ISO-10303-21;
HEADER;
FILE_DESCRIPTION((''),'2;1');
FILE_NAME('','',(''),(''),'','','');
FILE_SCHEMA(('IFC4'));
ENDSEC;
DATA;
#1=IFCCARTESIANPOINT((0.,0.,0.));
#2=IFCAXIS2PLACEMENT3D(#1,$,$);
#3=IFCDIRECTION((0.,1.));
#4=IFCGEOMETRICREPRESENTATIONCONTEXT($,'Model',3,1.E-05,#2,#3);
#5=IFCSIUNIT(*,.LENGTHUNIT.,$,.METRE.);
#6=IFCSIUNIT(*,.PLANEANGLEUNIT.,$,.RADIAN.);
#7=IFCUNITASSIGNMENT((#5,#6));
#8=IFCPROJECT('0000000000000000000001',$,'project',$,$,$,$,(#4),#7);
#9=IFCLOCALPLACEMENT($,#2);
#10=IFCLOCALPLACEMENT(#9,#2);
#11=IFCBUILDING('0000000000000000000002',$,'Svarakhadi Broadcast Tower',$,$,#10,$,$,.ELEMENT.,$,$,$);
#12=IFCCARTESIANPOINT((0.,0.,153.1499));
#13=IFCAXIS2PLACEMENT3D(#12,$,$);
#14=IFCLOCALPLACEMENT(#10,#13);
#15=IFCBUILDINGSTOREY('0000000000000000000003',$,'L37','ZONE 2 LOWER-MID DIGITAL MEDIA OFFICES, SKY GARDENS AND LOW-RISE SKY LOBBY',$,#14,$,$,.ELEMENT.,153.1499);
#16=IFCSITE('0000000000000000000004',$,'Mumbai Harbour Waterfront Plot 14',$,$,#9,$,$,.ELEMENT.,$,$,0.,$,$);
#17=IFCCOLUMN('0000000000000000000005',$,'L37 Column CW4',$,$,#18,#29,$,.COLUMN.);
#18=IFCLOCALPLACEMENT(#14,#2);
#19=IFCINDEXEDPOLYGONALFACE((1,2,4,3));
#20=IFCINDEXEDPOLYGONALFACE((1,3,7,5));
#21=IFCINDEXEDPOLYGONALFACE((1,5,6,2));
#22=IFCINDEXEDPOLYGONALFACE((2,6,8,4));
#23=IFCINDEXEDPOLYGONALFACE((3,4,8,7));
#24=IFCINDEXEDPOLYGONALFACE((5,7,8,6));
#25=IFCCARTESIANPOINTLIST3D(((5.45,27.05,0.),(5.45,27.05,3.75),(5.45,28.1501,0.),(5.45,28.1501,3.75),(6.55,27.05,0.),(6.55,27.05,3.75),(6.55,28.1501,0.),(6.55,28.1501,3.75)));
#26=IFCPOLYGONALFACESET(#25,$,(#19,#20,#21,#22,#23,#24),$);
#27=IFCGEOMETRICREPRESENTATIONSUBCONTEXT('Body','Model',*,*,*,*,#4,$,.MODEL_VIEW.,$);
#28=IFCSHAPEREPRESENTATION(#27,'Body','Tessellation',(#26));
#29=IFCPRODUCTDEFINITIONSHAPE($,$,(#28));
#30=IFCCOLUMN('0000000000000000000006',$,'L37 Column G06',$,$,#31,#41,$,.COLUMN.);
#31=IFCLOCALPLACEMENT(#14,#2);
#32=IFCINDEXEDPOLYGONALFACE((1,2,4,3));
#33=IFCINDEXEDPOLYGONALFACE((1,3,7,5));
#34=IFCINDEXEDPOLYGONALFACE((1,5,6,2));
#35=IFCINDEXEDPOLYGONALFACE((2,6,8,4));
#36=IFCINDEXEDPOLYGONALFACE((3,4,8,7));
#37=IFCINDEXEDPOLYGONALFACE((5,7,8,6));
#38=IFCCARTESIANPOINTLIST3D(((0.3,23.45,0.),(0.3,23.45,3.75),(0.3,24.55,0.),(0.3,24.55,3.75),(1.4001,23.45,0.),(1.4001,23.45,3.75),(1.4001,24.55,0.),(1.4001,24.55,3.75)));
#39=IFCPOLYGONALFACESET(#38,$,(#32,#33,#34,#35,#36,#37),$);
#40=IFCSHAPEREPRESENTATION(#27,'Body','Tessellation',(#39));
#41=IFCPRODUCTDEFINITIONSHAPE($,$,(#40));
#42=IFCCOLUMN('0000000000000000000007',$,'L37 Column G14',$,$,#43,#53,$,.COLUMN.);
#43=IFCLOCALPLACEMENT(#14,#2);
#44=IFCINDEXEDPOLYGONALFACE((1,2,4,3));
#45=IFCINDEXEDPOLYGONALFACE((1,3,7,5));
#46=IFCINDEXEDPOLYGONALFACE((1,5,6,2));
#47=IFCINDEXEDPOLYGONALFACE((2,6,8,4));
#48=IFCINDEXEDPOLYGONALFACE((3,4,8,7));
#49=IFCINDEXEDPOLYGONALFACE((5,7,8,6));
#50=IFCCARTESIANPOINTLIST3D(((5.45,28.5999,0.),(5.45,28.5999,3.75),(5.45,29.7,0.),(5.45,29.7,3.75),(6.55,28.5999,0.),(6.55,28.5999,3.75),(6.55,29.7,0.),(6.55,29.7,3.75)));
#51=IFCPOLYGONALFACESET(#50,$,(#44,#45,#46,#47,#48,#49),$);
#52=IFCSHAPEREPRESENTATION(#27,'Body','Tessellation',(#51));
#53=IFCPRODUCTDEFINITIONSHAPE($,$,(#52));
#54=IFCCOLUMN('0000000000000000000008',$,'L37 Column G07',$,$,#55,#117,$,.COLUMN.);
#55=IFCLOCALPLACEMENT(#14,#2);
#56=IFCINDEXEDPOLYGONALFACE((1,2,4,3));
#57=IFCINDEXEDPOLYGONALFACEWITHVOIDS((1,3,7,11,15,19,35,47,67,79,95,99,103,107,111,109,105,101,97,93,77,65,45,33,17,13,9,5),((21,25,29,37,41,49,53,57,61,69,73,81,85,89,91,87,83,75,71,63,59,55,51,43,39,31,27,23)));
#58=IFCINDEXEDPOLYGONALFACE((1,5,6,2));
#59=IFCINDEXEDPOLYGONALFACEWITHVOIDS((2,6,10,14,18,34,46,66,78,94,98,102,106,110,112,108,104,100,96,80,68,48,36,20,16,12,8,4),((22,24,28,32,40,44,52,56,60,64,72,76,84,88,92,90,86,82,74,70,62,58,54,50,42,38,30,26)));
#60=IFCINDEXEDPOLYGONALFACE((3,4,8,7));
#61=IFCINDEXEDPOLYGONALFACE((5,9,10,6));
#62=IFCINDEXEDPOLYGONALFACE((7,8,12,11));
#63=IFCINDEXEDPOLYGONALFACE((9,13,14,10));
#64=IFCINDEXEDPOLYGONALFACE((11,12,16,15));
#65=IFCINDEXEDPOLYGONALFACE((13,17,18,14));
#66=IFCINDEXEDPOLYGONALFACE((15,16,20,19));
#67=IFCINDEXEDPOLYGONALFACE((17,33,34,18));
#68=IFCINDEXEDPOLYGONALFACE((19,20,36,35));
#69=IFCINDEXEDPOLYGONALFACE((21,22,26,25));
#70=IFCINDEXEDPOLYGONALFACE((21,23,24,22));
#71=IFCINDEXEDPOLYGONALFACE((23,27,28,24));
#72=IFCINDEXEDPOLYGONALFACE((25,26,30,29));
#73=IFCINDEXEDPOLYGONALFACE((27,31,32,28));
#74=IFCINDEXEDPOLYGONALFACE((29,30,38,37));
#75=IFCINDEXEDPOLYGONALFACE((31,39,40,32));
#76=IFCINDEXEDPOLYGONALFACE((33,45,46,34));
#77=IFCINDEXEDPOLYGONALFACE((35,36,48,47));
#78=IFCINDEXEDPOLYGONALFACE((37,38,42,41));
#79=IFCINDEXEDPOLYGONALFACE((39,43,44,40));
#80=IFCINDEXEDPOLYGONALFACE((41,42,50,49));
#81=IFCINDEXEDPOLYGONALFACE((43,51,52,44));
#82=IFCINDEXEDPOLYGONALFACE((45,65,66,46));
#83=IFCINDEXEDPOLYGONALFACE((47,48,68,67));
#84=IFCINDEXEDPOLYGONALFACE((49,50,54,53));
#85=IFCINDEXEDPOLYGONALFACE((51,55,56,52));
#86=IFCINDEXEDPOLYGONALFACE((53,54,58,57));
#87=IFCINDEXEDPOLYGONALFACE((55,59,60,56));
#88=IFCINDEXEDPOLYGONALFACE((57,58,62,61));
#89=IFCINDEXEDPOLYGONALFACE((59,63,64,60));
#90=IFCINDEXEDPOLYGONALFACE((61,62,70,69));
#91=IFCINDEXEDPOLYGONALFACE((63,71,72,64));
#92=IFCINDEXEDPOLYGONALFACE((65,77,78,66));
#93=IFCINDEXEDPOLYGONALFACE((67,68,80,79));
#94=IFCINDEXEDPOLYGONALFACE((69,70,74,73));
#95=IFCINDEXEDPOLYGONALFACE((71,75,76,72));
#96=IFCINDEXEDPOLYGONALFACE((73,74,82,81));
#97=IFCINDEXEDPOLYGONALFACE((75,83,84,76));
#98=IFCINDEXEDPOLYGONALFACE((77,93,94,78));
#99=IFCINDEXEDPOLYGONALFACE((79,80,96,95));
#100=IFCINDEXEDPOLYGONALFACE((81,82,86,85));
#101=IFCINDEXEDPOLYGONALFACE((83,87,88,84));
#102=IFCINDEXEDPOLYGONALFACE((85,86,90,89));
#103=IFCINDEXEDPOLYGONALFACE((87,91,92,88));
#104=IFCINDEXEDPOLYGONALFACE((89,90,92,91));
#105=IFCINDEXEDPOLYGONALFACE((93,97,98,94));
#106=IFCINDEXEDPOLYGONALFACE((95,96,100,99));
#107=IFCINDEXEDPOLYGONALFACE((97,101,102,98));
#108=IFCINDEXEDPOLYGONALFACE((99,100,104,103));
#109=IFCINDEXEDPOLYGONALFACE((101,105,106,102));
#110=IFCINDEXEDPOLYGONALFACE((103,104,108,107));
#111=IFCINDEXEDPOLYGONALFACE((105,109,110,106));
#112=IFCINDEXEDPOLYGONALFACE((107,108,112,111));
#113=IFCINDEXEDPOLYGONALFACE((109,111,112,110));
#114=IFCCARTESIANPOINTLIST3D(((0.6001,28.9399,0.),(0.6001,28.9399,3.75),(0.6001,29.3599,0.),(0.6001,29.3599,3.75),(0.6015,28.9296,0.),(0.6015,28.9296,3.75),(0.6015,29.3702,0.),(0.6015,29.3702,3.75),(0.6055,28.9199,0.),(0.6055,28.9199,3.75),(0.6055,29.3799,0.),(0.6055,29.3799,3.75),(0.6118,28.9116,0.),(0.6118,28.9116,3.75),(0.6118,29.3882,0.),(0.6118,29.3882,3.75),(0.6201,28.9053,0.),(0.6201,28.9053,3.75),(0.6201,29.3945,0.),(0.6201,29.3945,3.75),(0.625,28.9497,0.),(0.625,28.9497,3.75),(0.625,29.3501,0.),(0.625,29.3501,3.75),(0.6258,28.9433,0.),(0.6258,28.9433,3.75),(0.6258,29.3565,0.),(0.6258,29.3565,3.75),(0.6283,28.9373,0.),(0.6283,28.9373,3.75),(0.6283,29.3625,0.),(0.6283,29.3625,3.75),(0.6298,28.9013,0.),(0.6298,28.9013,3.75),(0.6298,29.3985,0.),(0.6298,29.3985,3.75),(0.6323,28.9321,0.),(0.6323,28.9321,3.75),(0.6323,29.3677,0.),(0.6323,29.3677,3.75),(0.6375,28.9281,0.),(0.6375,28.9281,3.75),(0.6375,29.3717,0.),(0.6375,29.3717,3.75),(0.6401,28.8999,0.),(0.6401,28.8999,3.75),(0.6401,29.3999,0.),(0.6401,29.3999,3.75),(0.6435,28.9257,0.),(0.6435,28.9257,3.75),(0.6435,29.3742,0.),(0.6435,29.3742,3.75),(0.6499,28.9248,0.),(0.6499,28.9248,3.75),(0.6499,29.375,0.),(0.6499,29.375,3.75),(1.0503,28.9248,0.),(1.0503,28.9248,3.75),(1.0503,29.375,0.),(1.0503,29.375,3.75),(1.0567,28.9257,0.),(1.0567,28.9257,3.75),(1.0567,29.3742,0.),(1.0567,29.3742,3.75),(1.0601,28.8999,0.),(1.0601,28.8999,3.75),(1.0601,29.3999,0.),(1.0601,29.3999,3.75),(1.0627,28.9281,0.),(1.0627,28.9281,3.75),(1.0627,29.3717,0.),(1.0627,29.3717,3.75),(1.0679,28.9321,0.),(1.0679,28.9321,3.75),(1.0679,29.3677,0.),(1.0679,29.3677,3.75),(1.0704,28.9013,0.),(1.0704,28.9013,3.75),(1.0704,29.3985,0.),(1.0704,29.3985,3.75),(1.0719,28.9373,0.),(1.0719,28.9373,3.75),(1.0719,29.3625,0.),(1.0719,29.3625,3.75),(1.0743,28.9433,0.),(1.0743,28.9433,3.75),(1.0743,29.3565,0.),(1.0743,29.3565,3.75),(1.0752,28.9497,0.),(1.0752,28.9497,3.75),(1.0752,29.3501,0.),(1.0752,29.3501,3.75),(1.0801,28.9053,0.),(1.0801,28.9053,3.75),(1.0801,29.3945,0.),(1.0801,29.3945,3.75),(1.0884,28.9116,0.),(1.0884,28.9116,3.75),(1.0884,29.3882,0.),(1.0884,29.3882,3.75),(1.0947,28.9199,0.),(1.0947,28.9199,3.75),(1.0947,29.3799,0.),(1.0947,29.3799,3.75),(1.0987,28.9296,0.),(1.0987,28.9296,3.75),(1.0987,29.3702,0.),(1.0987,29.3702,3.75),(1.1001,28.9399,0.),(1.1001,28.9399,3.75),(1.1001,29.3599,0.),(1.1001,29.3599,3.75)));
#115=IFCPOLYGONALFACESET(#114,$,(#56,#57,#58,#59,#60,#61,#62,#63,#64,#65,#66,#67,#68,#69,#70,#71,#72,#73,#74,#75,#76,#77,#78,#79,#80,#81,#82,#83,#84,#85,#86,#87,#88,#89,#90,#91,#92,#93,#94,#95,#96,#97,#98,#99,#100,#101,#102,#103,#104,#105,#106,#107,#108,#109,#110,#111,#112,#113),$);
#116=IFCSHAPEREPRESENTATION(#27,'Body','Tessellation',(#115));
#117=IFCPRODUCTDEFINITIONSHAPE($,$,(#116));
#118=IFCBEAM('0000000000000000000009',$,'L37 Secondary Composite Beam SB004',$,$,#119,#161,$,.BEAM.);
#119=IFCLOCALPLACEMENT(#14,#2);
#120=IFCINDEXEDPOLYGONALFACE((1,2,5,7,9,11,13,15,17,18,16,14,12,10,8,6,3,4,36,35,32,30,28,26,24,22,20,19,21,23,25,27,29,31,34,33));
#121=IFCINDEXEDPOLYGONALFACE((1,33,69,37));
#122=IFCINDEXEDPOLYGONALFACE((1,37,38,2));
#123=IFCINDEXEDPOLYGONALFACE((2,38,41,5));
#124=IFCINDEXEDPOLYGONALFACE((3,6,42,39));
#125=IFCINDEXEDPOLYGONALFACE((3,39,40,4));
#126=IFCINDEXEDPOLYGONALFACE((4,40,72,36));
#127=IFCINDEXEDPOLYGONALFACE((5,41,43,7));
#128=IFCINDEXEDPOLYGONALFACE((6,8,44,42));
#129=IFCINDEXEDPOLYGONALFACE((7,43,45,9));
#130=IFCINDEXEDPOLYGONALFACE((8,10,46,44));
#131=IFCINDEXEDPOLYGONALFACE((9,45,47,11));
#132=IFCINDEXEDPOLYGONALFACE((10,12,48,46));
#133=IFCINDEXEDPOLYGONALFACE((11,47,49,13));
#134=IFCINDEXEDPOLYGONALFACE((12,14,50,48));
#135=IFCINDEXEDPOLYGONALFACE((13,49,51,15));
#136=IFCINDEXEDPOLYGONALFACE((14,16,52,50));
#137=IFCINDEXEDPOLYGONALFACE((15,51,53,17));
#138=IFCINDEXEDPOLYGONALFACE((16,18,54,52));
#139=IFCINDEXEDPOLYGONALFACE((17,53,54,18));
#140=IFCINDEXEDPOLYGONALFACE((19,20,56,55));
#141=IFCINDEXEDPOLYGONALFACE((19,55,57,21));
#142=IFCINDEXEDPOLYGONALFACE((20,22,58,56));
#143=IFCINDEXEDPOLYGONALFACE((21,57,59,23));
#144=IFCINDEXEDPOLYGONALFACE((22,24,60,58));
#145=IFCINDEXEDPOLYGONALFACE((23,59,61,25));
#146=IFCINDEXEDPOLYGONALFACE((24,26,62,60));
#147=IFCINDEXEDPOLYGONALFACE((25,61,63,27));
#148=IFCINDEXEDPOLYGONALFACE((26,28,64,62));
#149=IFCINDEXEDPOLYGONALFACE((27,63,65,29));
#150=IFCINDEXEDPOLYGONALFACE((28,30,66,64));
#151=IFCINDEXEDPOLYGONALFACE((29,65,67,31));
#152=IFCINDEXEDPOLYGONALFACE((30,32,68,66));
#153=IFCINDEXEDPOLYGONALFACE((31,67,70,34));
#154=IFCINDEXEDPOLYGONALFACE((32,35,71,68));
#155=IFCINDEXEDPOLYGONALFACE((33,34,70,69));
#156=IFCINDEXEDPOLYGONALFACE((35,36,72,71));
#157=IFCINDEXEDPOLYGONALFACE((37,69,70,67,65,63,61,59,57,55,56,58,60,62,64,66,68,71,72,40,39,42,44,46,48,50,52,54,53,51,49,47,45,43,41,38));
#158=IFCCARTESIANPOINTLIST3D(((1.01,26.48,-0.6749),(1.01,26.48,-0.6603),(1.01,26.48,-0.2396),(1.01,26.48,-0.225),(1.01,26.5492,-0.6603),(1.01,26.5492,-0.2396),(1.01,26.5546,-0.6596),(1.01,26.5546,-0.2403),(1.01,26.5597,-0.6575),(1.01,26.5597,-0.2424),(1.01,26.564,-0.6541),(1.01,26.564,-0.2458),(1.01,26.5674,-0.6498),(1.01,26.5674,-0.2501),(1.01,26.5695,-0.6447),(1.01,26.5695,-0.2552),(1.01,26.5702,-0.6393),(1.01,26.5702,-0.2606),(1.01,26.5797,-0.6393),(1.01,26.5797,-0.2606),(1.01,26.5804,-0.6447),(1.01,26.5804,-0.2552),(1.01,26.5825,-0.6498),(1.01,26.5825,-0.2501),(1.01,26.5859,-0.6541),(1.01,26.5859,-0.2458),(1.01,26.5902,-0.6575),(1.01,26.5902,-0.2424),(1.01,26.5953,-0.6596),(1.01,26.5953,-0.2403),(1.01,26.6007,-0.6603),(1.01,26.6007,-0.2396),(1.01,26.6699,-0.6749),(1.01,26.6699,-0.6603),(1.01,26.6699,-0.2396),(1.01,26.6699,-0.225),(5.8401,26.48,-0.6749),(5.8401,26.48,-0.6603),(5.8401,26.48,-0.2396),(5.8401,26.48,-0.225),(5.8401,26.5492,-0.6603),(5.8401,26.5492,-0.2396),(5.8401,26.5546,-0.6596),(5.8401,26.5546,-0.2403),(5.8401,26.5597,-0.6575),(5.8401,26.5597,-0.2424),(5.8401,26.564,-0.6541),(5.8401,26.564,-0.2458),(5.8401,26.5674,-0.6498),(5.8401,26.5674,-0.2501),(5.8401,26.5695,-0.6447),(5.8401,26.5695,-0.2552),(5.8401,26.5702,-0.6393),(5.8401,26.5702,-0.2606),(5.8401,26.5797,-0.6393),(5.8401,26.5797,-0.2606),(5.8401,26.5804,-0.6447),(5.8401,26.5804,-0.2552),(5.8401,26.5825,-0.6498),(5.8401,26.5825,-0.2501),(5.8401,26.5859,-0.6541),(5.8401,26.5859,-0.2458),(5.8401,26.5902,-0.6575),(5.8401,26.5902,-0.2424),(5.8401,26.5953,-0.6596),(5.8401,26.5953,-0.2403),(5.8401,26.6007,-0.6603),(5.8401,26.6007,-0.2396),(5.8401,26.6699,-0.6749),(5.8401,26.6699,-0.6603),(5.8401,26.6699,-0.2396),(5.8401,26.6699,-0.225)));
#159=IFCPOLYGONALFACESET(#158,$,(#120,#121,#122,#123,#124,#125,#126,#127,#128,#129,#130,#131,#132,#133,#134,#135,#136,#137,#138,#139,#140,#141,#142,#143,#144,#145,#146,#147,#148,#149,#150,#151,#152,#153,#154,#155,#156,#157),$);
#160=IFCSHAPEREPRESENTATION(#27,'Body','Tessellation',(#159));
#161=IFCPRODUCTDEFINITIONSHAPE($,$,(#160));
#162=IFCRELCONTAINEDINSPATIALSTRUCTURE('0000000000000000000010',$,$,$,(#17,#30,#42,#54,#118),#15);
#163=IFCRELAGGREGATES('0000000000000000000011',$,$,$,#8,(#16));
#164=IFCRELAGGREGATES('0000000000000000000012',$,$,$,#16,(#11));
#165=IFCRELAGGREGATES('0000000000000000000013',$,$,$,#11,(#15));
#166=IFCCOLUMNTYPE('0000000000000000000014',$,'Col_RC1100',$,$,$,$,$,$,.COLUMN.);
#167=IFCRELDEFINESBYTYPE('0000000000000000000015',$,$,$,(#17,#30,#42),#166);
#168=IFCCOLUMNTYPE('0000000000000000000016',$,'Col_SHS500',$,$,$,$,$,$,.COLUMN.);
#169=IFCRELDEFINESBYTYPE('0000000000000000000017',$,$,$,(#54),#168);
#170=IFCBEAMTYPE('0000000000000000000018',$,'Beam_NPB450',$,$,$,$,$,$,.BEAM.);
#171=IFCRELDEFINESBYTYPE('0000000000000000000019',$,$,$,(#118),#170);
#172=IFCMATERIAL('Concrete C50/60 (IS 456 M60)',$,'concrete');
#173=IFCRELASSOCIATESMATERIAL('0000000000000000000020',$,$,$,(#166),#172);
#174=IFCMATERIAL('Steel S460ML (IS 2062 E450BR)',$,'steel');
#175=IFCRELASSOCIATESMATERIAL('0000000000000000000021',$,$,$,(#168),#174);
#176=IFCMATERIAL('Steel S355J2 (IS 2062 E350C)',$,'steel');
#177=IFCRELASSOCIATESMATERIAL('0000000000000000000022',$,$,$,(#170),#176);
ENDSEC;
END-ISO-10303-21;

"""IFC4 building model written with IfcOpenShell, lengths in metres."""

from ifc_helpers import new_model, si_unit, direction, frame, origin, origin_2d, place, context, subcontext, project, spatial, rectangle, hollow_rectangle, i_section, extrude, material, material_profile, profile_set, type_object, element, save


model = new_model("IFC4")

# Units and contexts
model_context = context("Model", 3, precision=1e-05, world=origin(), true_north=direction((0.0, 1.0)))
body_context = subcontext(model_context, "Body", "Model", "MODEL_VIEW")
ifc_project = project(units=[si_unit("LENGTHUNIT", "METRE"), si_unit("PLANEANGLEUNIT", "RADIAN")], contexts=[model_context])

# Site, building, storey
site_placement = place(None, origin())
site = spatial("IfcSite", under=ifc_project, at=site_placement, Name="Mumbai Harbour Waterfront Plot 14", CompositionType="ELEMENT", RefElevation=0.0)
building_placement = place(site_placement, origin())
building = spatial("IfcBuilding", under=site, at=building_placement, Name="Svarakhadi Broadcast Tower", CompositionType="ELEMENT")
storey_placement = place(building_placement, frame((0.0, 0.0, 153.1499)))
storey = spatial("IfcBuildingStorey", under=building, at=storey_placement, Name="L37", Description="ZONE 2 LOWER-MID DIGITAL MEDIA OFFICES, SKY GARDENS AND LOW-RISE SKY LOBBY", CompositionType="ELEMENT", Elevation=153.1499)

# Columns
ifc_material_1 = material(Name="Concrete C50/60 (IS 456 M60)", Category="concrete")
ifc_material_profile_1 = material_profile(ifc_material_1, rectangle(XDim=1.1001, YDim=1.1001, at=origin_2d()), Name="RC 1100x1100")
ifc_profile_set_1 = profile_set([ifc_material_profile_1], Name="Concrete C50/60 (IS 456 M60)")
column_type_1 = type_object("IfcColumnType", Name="Col_RC1100", PredefinedType="COLUMN", material=ifc_profile_set_1)
for number, where, z_axis, x_axis, name in (
    (1, (6.0, 27.6001, 0.0), (0.0, 0.0, 1.0), (1.0, 0.0, 0.0), "L37 Column CW4"),
    (2, (0.8501, 24.0, 0.0), (0.0, 0.0, 1.0), (1.0, 0.0, 0.0), "L37 Column G06"),
    (3, (6.0, 29.1499, 0.0), (0.0, 0.0, 1.0), (1.0, 0.0, 0.0), "L37 Column G14"),
):
    element("IfcColumn", number, at=place(storey_placement, frame(where, z_axis=z_axis, x_axis=x_axis)), inside=storey, type_object=column_type_1, Name=name, PredefinedType="COLUMN", context=body_context, shape_type="SweptSolid", body=[
        extrude(rectangle(XDim=1.1001, YDim=1.1001, at=origin_2d()), origin(), (0.0, 0.0, 1.0), 3.75),
    ])
ifc_material_2 = material(Name="Steel S460ML (IS 2062 E450BR)", Category="steel")
ifc_material_profile_2 = material_profile(ifc_material_2, hollow_rectangle(XDim=0.5, YDim=0.5, WallThickness=0.0249, InnerFilletRadius=0.0249, OuterFilletRadius=0.04, at=origin_2d()), Name="SHS 500x500x25")
ifc_profile_set_2 = profile_set([ifc_material_profile_2], Name="Steel S460ML (IS 2062 E450BR)")
column_type_2 = type_object("IfcColumnType", Name="Col_SHS500", PredefinedType="COLUMN", material=ifc_profile_set_2)
column_placement = place(storey_placement, frame((0.8501, 29.1499, 0.0), z_axis=(0.0, 0.0, 1.0), x_axis=(1.0, 0.0, 0.0)))
element("IfcColumn", 4, at=column_placement, inside=storey, type_object=column_type_2, Name="L37 Column G07", PredefinedType="COLUMN", context=body_context, shape_type="SweptSolid", body=[
    extrude(hollow_rectangle(XDim=0.5, YDim=0.5, WallThickness=0.0249, InnerFilletRadius=0.0249, OuterFilletRadius=0.04, at=origin_2d()), origin(), (0.0, 0.0, 1.0), 3.75),
])

# Beam
ifc_material_3 = material(Name="Steel S355J2 (IS 2062 E350C)", Category="steel")
ifc_material_profile_3 = material_profile(ifc_material_3, i_section(OverallWidth=0.1899, OverallDepth=0.45, WebThickness=0.0095, FlangeThickness=0.0146, FilletRadius=0.021, at=origin_2d()), Name="NPB 450x190x78")
ifc_profile_set_3 = profile_set([ifc_material_profile_3], Name="Steel S355J2 (IS 2062 E350C)")
beam_type_1 = type_object("IfcBeamType", Name="Beam_NPB450", PredefinedType="BEAM", material=ifc_profile_set_3)
for number, where, z_axis, x_axis, name in (
    (5, (1.01, 26.575, -0.45), (1.0, 0.0, 0.0), (0.0, 1.0, 0.0), "L37 Secondary Composite Beam SB004"),
):
    element("IfcBeam", number, at=place(storey_placement, frame(where, z_axis=z_axis, x_axis=x_axis)), inside=storey, type_object=beam_type_1, Name=name, PredefinedType="BEAM", context=body_context, shape_type="SweptSolid", body=[
        extrude(i_section(OverallWidth=0.1899, OverallDepth=0.45, WebThickness=0.0095, FlangeThickness=0.0146, FilletRadius=0.021, at=origin_2d()), origin(), (0.0, 0.0, 1.0), 4.8301),
    ])

save(model, "model.ifc")
